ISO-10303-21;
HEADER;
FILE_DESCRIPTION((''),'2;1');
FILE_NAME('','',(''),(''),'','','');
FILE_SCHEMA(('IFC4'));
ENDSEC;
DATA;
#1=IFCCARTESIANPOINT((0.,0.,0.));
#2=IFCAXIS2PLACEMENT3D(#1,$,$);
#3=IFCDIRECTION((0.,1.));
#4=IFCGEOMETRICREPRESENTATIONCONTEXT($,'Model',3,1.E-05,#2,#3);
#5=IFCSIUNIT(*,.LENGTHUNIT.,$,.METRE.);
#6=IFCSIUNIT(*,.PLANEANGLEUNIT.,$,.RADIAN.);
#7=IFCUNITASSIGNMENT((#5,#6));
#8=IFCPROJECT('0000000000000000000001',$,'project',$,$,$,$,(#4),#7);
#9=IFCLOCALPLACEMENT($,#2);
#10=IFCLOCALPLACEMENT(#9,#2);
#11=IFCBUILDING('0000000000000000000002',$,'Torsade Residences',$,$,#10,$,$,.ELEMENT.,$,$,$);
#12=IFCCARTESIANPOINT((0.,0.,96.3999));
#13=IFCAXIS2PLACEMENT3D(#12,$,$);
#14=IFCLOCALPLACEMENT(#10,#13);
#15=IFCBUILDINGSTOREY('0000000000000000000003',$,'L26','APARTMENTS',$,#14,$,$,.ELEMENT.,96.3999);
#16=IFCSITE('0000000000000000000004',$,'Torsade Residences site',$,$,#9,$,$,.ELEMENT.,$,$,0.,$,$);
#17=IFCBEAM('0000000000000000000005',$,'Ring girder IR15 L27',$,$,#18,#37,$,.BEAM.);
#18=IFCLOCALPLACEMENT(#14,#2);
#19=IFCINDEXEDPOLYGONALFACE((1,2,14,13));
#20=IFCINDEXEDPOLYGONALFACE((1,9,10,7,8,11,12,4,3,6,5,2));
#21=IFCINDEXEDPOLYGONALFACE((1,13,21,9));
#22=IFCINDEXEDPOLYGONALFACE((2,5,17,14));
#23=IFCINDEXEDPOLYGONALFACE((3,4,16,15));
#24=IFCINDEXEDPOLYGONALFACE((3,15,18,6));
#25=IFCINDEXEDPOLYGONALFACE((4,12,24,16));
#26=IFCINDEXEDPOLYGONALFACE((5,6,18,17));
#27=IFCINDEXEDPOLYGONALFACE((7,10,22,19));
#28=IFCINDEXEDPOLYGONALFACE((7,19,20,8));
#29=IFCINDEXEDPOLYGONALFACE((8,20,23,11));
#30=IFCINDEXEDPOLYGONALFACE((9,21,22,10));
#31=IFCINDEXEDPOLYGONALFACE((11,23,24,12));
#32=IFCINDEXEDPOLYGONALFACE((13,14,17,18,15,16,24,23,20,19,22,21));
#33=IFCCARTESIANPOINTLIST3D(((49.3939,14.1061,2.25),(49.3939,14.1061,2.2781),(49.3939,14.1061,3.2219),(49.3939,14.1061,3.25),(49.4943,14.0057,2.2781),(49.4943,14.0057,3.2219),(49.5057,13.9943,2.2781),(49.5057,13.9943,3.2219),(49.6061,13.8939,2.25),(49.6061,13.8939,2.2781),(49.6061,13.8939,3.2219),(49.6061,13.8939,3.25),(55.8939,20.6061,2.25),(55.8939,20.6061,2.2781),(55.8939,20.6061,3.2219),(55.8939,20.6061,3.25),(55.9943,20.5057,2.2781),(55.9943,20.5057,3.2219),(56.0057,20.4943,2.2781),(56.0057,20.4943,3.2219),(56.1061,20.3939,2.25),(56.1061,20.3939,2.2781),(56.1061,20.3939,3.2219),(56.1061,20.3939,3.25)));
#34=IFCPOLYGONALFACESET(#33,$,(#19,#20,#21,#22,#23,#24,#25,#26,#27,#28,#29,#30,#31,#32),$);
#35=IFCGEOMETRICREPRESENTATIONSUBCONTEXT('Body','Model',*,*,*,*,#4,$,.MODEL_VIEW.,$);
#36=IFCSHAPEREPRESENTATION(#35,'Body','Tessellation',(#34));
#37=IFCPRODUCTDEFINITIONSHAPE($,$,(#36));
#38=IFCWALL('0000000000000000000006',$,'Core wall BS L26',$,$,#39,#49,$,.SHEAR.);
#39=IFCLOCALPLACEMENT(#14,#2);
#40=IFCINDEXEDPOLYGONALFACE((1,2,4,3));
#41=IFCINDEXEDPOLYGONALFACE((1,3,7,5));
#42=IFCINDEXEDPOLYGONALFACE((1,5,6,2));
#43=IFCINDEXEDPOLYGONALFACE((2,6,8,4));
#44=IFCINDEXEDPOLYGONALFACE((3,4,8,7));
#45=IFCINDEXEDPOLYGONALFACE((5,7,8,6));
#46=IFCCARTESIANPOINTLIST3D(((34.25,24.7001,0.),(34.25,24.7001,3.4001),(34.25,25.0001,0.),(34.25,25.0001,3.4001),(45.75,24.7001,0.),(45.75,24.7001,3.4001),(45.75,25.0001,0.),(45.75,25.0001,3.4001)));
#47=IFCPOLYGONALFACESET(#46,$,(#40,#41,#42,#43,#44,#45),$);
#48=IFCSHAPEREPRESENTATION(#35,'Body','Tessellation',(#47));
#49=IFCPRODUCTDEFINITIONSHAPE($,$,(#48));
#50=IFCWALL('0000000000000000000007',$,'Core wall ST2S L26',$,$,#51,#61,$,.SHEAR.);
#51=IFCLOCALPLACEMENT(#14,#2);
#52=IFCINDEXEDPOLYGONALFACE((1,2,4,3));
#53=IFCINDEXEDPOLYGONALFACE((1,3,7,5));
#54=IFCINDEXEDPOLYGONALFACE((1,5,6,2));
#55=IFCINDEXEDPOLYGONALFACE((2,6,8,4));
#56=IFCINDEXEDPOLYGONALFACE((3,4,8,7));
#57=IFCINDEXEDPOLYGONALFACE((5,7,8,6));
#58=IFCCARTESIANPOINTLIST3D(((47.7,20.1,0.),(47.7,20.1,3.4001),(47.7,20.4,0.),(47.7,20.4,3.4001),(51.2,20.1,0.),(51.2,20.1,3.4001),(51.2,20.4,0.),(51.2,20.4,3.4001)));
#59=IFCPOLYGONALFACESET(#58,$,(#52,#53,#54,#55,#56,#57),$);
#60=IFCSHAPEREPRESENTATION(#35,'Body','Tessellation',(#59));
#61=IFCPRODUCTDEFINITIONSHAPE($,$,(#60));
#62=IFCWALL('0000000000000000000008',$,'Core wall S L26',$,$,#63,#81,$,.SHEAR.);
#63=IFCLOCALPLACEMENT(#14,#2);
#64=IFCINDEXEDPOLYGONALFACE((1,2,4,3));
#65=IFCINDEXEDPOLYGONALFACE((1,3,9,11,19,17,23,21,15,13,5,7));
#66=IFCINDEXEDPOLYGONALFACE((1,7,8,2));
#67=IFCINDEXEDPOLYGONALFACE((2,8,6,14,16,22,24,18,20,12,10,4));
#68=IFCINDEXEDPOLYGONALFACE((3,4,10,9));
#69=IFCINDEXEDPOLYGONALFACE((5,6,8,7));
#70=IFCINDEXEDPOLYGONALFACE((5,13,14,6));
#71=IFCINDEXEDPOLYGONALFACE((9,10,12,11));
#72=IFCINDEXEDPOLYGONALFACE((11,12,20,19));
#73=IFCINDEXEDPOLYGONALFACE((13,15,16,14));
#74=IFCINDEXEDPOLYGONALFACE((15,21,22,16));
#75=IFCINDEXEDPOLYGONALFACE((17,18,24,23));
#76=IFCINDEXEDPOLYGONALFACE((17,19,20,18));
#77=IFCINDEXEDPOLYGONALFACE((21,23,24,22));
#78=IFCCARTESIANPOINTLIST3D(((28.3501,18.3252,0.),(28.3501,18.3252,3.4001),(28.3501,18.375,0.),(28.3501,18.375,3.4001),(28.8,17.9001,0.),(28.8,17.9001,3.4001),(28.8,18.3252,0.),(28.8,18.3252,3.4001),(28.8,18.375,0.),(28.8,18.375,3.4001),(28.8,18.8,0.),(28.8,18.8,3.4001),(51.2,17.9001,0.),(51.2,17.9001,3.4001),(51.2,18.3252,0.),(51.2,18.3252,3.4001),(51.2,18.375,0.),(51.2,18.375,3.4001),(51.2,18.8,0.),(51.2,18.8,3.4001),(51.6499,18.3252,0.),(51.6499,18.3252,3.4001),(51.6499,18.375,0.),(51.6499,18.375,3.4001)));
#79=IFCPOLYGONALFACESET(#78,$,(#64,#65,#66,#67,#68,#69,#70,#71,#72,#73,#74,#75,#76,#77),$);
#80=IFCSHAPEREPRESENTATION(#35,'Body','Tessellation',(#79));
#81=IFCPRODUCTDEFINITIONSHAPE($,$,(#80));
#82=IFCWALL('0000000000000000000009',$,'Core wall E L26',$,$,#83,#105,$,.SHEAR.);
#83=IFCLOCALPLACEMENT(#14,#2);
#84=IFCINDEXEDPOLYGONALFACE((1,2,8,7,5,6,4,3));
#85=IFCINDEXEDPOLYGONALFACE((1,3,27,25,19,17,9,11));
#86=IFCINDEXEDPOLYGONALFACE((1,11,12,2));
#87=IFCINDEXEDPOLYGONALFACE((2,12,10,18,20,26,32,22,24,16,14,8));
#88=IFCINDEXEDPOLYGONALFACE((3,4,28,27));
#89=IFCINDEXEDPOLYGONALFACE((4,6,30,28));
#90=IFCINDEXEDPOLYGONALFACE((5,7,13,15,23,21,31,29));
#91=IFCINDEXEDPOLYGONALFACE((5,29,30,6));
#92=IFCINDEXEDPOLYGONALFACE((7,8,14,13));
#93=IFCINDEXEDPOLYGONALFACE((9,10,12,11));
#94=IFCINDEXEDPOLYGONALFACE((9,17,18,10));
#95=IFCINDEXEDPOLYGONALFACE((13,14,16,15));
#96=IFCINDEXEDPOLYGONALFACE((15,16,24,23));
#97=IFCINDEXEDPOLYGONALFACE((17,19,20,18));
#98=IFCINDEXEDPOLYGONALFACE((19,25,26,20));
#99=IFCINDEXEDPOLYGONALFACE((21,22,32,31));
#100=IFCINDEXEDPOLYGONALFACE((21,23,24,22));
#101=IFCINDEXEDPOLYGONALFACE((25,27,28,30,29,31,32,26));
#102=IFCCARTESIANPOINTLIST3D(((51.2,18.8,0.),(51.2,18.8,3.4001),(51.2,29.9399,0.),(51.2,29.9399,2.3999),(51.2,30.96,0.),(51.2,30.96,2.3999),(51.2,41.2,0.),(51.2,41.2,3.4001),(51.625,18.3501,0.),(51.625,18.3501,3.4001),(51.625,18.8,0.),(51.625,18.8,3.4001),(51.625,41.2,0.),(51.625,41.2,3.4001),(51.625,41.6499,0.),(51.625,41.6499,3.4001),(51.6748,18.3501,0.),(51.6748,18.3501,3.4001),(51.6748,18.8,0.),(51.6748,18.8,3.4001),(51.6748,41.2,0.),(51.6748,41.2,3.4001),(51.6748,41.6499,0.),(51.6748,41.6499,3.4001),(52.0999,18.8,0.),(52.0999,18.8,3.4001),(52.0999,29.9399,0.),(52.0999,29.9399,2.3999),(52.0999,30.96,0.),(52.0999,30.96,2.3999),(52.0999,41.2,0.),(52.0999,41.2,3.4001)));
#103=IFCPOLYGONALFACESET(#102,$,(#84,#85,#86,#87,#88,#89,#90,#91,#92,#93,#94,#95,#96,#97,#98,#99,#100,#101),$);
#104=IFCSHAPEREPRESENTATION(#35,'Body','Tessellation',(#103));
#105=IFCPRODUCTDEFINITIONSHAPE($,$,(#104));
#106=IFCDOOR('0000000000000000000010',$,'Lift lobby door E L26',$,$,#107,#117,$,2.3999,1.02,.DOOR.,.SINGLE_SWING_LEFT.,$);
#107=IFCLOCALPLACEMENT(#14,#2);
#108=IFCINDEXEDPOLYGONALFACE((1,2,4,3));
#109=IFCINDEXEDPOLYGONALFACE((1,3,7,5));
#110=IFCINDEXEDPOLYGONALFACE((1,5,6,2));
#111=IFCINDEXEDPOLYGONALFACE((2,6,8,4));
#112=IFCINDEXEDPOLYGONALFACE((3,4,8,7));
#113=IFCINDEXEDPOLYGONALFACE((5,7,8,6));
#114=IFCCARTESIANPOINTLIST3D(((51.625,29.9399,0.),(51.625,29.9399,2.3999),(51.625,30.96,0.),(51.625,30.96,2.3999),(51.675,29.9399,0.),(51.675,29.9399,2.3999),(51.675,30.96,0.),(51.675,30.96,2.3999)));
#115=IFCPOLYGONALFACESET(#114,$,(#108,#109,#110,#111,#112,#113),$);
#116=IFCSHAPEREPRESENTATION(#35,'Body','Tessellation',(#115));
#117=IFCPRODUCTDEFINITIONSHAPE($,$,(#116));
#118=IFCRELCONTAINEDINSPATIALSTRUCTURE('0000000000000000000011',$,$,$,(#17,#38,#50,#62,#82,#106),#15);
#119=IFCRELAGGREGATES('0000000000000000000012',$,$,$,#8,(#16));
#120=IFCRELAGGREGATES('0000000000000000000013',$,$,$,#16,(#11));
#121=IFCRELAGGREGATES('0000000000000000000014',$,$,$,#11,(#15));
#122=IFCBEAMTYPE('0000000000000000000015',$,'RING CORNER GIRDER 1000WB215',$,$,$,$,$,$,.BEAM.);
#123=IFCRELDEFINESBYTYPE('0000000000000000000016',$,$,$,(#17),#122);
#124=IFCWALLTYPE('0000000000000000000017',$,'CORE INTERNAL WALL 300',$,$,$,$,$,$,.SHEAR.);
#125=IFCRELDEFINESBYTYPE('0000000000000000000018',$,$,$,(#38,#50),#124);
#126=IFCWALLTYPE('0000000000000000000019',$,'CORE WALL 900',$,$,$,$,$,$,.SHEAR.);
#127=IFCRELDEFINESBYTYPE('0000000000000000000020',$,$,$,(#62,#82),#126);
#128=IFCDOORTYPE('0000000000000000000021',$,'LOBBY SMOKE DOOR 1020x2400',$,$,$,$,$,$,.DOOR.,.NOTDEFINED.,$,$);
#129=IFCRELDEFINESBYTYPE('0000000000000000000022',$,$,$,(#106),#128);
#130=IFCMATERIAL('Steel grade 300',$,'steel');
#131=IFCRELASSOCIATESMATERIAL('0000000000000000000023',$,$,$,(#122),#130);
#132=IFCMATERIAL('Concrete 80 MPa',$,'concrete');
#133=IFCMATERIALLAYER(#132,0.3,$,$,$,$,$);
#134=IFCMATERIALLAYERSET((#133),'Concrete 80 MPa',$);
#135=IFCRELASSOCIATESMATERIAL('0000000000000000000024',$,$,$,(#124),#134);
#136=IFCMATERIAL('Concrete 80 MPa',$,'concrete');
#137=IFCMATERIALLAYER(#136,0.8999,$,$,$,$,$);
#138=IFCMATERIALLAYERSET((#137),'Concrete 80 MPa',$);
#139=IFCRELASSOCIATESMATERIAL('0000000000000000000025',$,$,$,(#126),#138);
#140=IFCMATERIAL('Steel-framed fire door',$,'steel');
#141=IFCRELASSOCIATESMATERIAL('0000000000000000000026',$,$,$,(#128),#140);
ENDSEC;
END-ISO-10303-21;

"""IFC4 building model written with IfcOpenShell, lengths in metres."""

from ifc_helpers import new_model, si_unit, direction, frame, frame_2d, origin, origin_2d, place, context, subcontext, project, spatial, polyline, rectangle, i_section, outline, extrude, material, layer, layer_set, material_profile, profile_set, type_object, element, fill, save


model = new_model("IFC4")

# Units and contexts
model_context = context("Model", 3, precision=1e-05, world=origin(), true_north=direction((0.0, 1.0)))
body_context = subcontext(model_context, "Body", "Model", "MODEL_VIEW")
ifc_project = project(units=[si_unit("LENGTHUNIT", "METRE"), si_unit("PLANEANGLEUNIT", "RADIAN")], contexts=[model_context])

# Site, building, storey
site_placement = place(None, origin())
site = spatial("IfcSite", under=ifc_project, at=site_placement, Name="Torsade Residences site", CompositionType="ELEMENT", RefElevation=0.0)
building_placement = place(site_placement, origin())
building = spatial("IfcBuilding", under=site, at=building_placement, Name="Torsade Residences", CompositionType="ELEMENT")
storey_placement = place(building_placement, frame((0.0, 0.0, 96.3999)))
storey = spatial("IfcBuildingStorey", under=building, at=storey_placement, Name="L26", Description="APARTMENTS", CompositionType="ELEMENT", Elevation=96.3999)

# Beam
ifc_material_1 = material(Name="Steel grade 300", Category="steel")
ifc_material_profile_1 = material_profile(ifc_material_1, i_section(OverallWidth=0.3, OverallDepth=1.0, WebThickness=0.0161, FlangeThickness=0.0281, at=origin_2d()), Name="1000WB215")
ifc_profile_set_1 = profile_set([ifc_material_profile_1], Name="Steel grade 300")
beam_type_1 = type_object("IfcBeamType", Name="RING CORNER GIRDER 1000WB215", PredefinedType="BEAM", material=ifc_profile_set_1)
beam_1_placement = place(storey_placement, frame((49.5, 14.0, 2.75), z_axis=(0.707107, 0.707107, 0.0), x_axis=(-0.707107, 0.707107, 0.0)))
element("IfcBeam", 1, at=beam_1_placement, inside=storey, type_object=beam_type_1, Name="Ring girder IR15 L27", PredefinedType="BEAM", context=body_context, shape_type="SweptSolid", body=[
    extrude(i_section(OverallWidth=0.3, OverallDepth=1.0, WebThickness=0.0161, FlangeThickness=0.0281, at=origin_2d()), origin(), (0.0, 0.0, 1.0), 9.1924),
])

# Walls
ifc_material_2 = material(Name="Concrete 80 MPa", Category="concrete")
ifc_layer_1 = layer(ifc_material_2, 0.3)
ifc_layer_set_1 = layer_set([ifc_layer_1], Name="Concrete 80 MPa")
wall_type_1 = type_object("IfcWallType", Name="CORE INTERNAL WALL 300", PredefinedType="SHEAR", material=ifc_layer_set_1)
wall_1_placement = place(storey_placement, frame((45.75, 24.8501, 0.0), z_axis=(0.0, 0.0, 1.0), x_axis=(-1.0, 0.0, 0.0)))
element("IfcWall", 2, at=wall_1_placement, inside=storey, type_object=wall_type_1, Name="Core wall BS L26", PredefinedType="SHEAR", context=body_context, shape_type="SweptSolid", body=[
    extrude(rectangle(XDim=11.5, YDim=0.3, at=frame_2d((5.75, 0.0))), origin(), (0.0, 0.0, 1.0), 3.4001),
])
wall_2_placement = place(storey_placement, frame((51.2, 20.25, 0.0), z_axis=(0.0, 0.0, 1.0), x_axis=(-1.0, 0.0, 0.0)))
element("IfcWall", 3, at=wall_2_placement, inside=storey, type_object=wall_type_1, Name="Core wall ST2S L26", PredefinedType="SHEAR", context=body_context, shape_type="SweptSolid", body=[
    extrude(rectangle(XDim=3.5, YDim=0.3, at=frame_2d((1.75, 0.0))), origin(), (0.0, 0.0, 1.0), 3.4001),
])
ifc_material_3 = material(Name="Concrete 80 MPa", Category="concrete")
ifc_layer_2 = layer(ifc_material_3, 0.8999)
ifc_layer_set_2 = layer_set([ifc_layer_2], Name="Concrete 80 MPa")
wall_type_2 = type_object("IfcWallType", Name="CORE WALL 900", PredefinedType="SHEAR", material=ifc_layer_set_2)
wall_3_placement = place(storey_placement, frame((51.2, 18.3501, 0.0), z_axis=(0.0, 0.0, 1.0), x_axis=(-1.0, 0.0, 0.0)))
element("IfcWall", 4, at=wall_3_placement, inside=storey, type_object=wall_type_2, Name="Core wall S L26", PredefinedType="SHEAR", context=body_context, shape_type="SweptSolid", body=[
    extrude(outline(polyline([(0.0, -0.45), (22.3999, -0.45), (22.3999, -0.0249), (22.8499, -0.0249), (22.8499, 0.0249), (22.3999, 0.0249), (22.3999, 0.45), (0.0, 0.45), (0.0, 0.0249), (-0.45, 0.0249), (-0.45, -0.0249), (0.0, -0.0249), (0.0, -0.45)])), origin(), (0.0, 0.0, 1.0), 3.4001),
])

# Wall, opening, door
wall_4_placement = place(storey_placement, frame((51.6499, 18.8, 0.0), z_axis=(0.0, 0.0, 1.0), x_axis=(0.0, 1.0, 0.0)))
wall_4 = element("IfcWall", 5, at=wall_4_placement, inside=storey, type_object=wall_type_2, Name="Core wall E L26", PredefinedType="SHEAR", context=body_context, shape_type="SweptSolid", body=[
    extrude(outline(polyline([(0.0, -0.45), (22.3999, -0.45), (22.3999, -0.0249), (22.8499, -0.0249), (22.8499, 0.0249), (22.3999, 0.0249), (22.3999, 0.45), (0.0, 0.45), (0.0, 0.0249), (-0.45, 0.0249), (-0.45, -0.0249), (0.0, -0.0249), (0.0, -0.45)])), origin(), (0.0, 0.0, 1.0), 3.4001),
])
opening_1_placement = place(wall_4_placement, frame((11.1399, 0.0, 0.0)))
opening_1 = element("IfcOpeningElement", 6, at=opening_1_placement, cuts=wall_4, PredefinedType="OPENING", context=body_context, shape_type="SweptSolid", body=[
    extrude(rectangle(XDim=1.02, YDim=2.3999, at=frame_2d((0.51, 1.2))), frame((0.0, 0.46, 0.0), z_axis=(0.0, -1.0, 0.0), x_axis=(1.0, 0.0, 0.0)), (0.0, 0.0, 1.0), 0.9199),
])
ifc_material_4 = material(Name="Steel-framed fire door", Category="steel")
door_type_1 = type_object("IfcDoorType", Name="LOBBY SMOKE DOOR 1020x2400", OperationType="NOTDEFINED", PredefinedType="DOOR", material=ifc_material_4)
door_1_placement = place(opening_1_placement, origin())
door_1 = element("IfcDoor", 7, at=door_1_placement, inside=storey, type_object=door_type_1, Name="Lift lobby door E L26", OperationType="SINGLE_SWING_LEFT", OverallHeight=2.3999, OverallWidth=1.02, PredefinedType="DOOR", context=body_context, shape_type="SweptSolid", body=[
    extrude(rectangle(XDim=1.02, YDim=2.3999, at=frame_2d((0.51, 1.2))), frame((0.0, 0.0249, 0.0), z_axis=(0.0, -1.0, 0.0), x_axis=(1.0, 0.0, 0.0)), (0.0, 0.0, 1.0), 0.05),
])
fill(opening_1, door_1)

save(model, "model.ifc")
